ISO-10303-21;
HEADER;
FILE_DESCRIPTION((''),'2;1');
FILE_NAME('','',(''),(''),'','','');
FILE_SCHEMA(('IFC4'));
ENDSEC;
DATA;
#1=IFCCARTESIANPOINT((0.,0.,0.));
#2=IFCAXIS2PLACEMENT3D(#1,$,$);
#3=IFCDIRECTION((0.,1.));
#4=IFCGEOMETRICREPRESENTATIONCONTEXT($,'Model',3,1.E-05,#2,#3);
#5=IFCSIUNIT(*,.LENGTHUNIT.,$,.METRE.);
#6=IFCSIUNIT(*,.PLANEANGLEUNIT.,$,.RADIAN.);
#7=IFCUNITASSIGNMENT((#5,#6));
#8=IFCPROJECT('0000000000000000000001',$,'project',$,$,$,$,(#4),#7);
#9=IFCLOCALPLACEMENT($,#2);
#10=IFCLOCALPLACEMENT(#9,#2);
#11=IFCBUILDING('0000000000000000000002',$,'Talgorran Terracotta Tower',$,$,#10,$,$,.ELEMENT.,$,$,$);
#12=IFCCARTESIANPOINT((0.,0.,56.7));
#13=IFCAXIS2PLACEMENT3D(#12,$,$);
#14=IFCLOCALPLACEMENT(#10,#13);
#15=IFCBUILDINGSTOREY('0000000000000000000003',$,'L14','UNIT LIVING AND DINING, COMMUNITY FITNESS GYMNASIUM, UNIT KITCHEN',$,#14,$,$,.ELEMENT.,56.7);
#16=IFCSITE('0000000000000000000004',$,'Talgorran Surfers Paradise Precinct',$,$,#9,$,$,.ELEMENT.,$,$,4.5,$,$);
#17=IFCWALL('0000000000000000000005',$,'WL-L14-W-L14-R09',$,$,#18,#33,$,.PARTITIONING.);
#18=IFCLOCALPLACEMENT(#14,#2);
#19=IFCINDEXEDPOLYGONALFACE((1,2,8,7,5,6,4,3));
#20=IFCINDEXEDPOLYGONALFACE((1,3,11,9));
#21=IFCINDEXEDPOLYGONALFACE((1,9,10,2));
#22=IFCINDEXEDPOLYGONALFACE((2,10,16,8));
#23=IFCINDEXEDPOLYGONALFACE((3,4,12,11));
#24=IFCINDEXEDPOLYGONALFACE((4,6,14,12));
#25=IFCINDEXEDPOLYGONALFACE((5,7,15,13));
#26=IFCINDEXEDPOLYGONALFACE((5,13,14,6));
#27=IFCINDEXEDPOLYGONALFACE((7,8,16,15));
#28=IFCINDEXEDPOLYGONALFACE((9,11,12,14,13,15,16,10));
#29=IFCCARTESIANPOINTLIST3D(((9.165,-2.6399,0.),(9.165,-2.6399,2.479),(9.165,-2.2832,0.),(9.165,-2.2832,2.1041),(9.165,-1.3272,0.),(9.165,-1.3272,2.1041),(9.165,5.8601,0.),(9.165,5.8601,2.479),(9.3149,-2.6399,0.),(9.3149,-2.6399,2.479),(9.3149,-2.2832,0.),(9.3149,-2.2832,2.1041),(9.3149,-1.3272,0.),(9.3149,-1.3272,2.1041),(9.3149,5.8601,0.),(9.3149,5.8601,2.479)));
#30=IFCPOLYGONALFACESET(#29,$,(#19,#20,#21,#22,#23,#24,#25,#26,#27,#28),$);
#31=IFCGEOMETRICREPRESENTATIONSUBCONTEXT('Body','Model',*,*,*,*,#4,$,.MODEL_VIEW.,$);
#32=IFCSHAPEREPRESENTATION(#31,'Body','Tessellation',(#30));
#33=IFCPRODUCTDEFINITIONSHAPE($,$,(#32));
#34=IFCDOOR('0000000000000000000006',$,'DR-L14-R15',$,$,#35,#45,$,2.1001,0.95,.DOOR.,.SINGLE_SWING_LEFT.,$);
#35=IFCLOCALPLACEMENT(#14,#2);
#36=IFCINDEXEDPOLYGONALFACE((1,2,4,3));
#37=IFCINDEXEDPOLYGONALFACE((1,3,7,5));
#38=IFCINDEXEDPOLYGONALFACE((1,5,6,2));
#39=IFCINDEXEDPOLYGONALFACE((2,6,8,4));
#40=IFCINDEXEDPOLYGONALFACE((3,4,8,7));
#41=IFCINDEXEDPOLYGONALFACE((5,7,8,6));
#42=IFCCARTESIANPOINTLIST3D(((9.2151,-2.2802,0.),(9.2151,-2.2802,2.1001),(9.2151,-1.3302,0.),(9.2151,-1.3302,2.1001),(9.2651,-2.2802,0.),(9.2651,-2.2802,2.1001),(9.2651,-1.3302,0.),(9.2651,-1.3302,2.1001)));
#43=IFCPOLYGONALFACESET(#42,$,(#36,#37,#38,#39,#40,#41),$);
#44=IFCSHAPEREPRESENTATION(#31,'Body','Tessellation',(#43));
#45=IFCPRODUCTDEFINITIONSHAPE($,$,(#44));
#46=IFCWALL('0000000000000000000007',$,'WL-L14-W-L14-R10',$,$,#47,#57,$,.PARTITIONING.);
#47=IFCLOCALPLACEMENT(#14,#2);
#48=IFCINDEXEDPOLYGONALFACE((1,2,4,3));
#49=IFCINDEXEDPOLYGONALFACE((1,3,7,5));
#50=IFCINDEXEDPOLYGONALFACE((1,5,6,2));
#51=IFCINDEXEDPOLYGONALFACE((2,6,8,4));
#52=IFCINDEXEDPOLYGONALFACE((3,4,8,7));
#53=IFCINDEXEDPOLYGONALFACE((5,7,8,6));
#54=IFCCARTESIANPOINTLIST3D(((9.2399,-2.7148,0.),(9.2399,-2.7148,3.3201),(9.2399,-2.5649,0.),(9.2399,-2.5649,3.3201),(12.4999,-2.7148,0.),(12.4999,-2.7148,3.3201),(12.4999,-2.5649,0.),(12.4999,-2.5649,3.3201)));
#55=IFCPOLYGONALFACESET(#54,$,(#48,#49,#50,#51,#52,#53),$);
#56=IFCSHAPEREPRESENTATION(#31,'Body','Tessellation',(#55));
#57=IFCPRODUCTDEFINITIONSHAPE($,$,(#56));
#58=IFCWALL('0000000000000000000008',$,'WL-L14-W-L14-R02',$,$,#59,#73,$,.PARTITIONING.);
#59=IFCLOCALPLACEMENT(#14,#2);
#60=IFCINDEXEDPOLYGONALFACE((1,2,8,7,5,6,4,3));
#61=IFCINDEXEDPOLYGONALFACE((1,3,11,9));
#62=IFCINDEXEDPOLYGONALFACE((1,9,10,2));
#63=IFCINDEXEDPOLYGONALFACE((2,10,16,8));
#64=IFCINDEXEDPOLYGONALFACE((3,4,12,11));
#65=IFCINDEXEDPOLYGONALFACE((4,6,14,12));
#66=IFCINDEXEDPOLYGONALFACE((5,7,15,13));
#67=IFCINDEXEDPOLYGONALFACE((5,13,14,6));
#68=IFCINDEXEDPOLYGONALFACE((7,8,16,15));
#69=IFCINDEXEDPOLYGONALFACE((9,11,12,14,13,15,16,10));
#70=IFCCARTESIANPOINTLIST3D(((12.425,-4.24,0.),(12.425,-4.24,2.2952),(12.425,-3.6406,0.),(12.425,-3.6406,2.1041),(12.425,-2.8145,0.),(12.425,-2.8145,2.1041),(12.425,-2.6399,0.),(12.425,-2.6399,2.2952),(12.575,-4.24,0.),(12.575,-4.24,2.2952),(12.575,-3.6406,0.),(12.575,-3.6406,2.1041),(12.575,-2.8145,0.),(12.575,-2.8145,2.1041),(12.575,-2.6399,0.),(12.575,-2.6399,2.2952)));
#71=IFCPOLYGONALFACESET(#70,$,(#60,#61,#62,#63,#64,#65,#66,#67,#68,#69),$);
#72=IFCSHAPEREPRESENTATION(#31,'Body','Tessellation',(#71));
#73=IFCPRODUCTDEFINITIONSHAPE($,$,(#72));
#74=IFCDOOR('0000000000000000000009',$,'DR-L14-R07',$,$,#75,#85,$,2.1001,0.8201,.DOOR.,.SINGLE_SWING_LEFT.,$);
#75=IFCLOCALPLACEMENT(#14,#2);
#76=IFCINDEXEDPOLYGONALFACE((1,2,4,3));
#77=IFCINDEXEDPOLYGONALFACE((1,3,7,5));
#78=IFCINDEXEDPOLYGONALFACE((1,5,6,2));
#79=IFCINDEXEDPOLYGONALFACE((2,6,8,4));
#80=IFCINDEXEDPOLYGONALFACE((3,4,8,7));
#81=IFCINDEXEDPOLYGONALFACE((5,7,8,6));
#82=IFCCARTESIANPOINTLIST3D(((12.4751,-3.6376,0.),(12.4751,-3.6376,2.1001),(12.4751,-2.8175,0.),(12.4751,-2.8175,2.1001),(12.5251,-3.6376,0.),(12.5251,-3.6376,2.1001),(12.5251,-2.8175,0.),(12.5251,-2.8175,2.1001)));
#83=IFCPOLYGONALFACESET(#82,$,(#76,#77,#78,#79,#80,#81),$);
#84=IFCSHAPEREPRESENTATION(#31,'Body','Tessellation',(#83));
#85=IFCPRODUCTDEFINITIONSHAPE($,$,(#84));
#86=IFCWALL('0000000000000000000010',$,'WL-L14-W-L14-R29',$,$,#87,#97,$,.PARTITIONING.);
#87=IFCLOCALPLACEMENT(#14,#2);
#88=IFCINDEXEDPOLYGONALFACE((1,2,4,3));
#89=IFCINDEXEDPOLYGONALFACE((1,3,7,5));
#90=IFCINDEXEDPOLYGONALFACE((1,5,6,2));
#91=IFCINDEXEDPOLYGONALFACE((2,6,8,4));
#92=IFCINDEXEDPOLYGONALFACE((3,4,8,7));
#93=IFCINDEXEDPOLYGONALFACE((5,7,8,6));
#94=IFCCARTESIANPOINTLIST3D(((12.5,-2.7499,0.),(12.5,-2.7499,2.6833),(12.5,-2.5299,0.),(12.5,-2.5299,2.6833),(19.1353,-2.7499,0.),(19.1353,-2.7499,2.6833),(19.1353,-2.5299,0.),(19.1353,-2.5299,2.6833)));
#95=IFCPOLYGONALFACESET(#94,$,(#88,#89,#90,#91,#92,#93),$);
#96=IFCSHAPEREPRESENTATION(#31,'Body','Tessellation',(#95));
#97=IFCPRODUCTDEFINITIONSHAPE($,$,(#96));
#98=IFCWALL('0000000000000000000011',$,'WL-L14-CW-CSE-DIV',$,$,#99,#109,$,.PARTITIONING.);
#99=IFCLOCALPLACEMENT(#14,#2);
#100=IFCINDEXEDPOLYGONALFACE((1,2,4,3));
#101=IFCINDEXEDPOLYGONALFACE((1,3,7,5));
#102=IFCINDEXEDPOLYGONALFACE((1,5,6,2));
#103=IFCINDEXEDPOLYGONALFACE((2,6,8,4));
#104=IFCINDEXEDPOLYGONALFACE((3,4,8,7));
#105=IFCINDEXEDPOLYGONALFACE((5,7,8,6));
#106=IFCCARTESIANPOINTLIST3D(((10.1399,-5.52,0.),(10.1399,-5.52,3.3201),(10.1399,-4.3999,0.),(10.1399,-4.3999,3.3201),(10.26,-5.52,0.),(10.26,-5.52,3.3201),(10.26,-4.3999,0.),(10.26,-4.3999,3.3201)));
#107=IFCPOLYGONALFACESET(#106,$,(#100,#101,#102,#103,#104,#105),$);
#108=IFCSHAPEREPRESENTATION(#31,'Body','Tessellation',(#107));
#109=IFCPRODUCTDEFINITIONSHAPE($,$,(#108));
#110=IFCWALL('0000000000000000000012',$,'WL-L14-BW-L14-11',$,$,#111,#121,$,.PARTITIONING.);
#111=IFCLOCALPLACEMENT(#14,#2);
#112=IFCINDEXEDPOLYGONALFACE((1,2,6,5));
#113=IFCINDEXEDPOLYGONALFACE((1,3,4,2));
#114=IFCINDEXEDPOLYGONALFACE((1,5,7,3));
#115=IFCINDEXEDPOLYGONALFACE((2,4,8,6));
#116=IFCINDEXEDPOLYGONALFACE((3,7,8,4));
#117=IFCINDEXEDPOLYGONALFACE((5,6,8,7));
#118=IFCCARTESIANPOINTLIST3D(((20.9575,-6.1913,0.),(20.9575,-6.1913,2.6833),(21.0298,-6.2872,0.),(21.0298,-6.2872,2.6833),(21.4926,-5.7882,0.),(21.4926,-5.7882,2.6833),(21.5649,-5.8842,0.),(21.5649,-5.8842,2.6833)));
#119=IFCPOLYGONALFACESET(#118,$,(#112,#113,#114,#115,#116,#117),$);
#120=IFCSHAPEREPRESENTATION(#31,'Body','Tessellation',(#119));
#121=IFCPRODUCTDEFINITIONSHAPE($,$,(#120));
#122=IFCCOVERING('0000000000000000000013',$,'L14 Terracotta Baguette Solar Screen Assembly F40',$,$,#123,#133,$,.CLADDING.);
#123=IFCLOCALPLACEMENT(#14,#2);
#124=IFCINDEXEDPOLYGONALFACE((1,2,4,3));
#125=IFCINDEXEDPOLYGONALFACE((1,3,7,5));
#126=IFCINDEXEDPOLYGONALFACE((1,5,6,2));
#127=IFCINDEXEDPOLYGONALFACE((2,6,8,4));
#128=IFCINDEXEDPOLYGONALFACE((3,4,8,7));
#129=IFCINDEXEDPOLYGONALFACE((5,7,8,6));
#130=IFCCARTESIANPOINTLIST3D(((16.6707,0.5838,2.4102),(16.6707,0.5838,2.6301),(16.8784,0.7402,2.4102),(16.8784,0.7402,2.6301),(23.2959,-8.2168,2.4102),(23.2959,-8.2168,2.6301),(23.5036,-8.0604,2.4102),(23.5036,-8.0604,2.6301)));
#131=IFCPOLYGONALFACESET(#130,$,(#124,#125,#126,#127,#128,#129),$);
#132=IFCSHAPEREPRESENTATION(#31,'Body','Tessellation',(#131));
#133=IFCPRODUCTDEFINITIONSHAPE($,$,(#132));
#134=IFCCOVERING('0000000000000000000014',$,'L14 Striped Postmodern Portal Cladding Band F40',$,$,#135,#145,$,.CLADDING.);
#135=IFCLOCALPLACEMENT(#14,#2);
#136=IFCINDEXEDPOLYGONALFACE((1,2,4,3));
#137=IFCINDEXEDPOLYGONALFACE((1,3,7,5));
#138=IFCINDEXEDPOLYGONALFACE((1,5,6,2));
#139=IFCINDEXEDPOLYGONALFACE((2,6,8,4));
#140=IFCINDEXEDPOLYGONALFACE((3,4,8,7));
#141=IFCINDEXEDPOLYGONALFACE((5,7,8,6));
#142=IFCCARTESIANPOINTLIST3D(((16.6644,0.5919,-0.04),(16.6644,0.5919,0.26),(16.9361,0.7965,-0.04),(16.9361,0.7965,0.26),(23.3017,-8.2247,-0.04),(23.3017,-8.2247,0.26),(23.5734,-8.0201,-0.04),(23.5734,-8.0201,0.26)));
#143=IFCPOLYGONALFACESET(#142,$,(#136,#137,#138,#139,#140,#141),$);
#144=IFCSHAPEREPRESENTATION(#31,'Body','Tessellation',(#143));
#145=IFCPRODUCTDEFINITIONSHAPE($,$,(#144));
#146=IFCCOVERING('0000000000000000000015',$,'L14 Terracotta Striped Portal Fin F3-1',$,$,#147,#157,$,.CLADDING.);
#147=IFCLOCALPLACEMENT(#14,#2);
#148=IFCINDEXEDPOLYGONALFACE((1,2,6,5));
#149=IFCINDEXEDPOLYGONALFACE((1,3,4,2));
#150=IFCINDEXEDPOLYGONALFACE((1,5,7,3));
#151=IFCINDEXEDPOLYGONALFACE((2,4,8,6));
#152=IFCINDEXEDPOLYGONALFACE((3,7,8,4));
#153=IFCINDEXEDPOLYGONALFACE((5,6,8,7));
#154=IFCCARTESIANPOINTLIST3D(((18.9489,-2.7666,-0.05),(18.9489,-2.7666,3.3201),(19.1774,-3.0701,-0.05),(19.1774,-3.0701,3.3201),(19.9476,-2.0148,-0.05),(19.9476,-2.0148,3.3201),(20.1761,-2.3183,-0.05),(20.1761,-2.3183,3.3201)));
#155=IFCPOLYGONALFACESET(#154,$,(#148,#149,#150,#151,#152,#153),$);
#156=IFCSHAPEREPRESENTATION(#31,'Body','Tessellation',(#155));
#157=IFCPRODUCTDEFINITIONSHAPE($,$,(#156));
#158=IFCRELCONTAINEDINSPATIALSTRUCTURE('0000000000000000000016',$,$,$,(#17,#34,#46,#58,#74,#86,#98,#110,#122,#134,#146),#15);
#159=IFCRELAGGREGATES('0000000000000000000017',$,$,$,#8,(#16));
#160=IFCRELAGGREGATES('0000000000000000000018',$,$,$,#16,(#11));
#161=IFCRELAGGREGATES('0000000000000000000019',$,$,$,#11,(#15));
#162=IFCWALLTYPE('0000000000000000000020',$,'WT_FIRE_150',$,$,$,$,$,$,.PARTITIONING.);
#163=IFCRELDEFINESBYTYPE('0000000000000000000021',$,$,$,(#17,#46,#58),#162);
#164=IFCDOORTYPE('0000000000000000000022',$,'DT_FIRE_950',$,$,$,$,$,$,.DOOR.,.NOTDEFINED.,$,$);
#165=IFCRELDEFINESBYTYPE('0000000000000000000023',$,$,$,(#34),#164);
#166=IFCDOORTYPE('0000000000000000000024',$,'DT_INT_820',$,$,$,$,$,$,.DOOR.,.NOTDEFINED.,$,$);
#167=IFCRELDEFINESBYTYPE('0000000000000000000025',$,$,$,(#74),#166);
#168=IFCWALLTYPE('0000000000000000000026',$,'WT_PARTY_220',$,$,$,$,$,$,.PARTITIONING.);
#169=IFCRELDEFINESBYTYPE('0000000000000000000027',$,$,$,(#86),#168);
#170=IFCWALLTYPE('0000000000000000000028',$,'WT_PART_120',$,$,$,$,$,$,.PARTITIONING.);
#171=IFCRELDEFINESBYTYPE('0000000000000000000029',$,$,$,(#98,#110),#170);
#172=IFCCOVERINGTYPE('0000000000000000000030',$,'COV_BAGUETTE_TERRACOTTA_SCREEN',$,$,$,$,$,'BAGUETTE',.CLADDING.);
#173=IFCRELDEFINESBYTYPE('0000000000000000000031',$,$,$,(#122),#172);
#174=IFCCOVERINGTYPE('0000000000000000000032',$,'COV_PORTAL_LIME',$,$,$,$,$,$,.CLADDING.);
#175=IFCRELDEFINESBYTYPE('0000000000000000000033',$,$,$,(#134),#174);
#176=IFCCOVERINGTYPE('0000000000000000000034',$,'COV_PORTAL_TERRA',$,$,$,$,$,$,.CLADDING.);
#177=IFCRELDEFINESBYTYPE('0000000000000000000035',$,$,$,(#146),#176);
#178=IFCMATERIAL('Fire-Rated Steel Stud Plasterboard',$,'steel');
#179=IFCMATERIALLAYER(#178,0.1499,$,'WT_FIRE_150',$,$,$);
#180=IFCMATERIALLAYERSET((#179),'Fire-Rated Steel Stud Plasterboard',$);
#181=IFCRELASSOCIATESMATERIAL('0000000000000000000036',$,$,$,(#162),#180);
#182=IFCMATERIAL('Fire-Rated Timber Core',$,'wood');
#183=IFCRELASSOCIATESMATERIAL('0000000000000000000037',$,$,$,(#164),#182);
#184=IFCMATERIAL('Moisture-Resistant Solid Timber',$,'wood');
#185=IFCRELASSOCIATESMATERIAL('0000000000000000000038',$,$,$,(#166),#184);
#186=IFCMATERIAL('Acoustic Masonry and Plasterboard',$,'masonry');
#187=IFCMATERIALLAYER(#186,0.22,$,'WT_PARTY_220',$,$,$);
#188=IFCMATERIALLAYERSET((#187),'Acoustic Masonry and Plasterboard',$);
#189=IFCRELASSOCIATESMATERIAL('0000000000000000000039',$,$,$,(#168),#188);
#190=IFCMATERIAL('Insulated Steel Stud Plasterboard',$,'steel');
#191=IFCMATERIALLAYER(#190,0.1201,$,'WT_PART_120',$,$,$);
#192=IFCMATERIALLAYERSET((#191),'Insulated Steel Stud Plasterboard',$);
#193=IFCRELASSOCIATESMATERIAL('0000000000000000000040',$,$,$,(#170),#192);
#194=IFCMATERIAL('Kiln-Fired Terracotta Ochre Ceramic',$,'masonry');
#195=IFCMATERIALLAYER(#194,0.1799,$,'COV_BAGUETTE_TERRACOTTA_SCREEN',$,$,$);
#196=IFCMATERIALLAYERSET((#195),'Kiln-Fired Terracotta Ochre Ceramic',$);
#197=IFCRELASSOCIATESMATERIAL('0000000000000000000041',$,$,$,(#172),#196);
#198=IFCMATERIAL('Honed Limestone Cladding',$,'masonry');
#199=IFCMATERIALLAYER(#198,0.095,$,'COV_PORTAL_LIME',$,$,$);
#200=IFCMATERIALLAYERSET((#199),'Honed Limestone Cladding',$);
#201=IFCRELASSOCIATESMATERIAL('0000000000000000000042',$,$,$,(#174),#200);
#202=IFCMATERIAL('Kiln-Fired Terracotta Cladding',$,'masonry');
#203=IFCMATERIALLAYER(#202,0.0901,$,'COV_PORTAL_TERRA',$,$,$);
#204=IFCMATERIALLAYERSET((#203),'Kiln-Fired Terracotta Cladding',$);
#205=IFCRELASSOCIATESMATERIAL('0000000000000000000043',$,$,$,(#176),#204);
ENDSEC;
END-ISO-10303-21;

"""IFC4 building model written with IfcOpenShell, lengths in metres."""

from ifc_helpers import new_model, si_unit, direction, frame, frame_2d, origin, origin_2d, place, context, subcontext, project, spatial, rectangle, extrude, material, layer, layer_set, type_object, element, fill, save


model = new_model("IFC4")

# Units and contexts
model_context = context("Model", 3, precision=1e-05, world=origin(), true_north=direction((0.0, 1.0)))
body_context = subcontext(model_context, "Body", "Model", "MODEL_VIEW")
ifc_project = project(units=[si_unit("LENGTHUNIT", "METRE"), si_unit("PLANEANGLEUNIT", "RADIAN")], contexts=[model_context])

# Site, building, storey
site_placement = place(None, origin())
site = spatial("IfcSite", under=ifc_project, at=site_placement, Name="Talgorran Surfers Paradise Precinct", CompositionType="ELEMENT", RefElevation=4.5)
building_placement = place(site_placement, origin())
building = spatial("IfcBuilding", under=site, at=building_placement, Name="Talgorran Terracotta Tower", CompositionType="ELEMENT")
storey_placement = place(building_placement, frame((0.0, 0.0, 56.7)))
storey = spatial("IfcBuildingStorey", under=building, at=storey_placement, Name="L14", Description="UNIT LIVING AND DINING, COMMUNITY FITNESS GYMNASIUM, UNIT KITCHEN", CompositionType="ELEMENT", Elevation=56.7)

# Wall, opening, door
ifc_material_1 = material(Name="Fire-Rated Steel Stud Plasterboard", Category="steel")
ifc_layer_1 = layer(ifc_material_1, 0.1499, Name="WT_FIRE_150")
ifc_layer_set_1 = layer_set([ifc_layer_1], Name="Fire-Rated Steel Stud Plasterboard")
wall_type_1 = type_object("IfcWallType", Name="WT_FIRE_150", PredefinedType="PARTITIONING", material=ifc_layer_set_1)
wall_1_placement = place(storey_placement, frame((9.24, -2.6399, 0.0), z_axis=(0.0, 0.0, 1.0), x_axis=(0.0, 1.0, 0.0)))
wall_1 = element("IfcWall", 1, at=wall_1_placement, inside=storey, type_object=wall_type_1, Name="WL-L14-W-L14-R09", PredefinedType="PARTITIONING", context=body_context, shape_type="SweptSolid", body=[
    extrude(rectangle(XDim=8.5, YDim=0.1499, at=frame_2d((4.25, 0.0))), origin(), (0.0, 0.0, 1.0), 2.479),
])
opening_1_placement = place(wall_1_placement, frame((0.3596, 0.0, 0.0)))
opening_1 = element("IfcOpeningElement", 2, at=opening_1_placement, cuts=wall_1, PredefinedType="OPENING", context=body_context, shape_type="SweptSolid", body=[
    extrude(rectangle(XDim=0.956, YDim=2.1041, at=frame_2d((0.4751, 1.052))), frame((0.0, 0.085, 0.0), z_axis=(0.0, -1.0, 0.0), x_axis=(1.0, 0.0, 0.0)), (0.0, 0.0, 1.0), 0.1699),
])
ifc_material_2 = material(Name="Fire-Rated Timber Core", Category="wood")
door_type_1 = type_object("IfcDoorType", Name="DT_FIRE_950", OperationType="NOTDEFINED", PredefinedType="DOOR", material=ifc_material_2)
door_1_placement = place(opening_1_placement, origin())
door_1 = element("IfcDoor", 3, at=door_1_placement, inside=storey, type_object=door_type_1, Name="DR-L14-R15", OperationType="SINGLE_SWING_LEFT", OverallHeight=2.1001, OverallWidth=0.95, PredefinedType="DOOR", context=body_context, shape_type="SweptSolid", body=[
    extrude(rectangle(XDim=0.95, YDim=2.1001, at=frame_2d((0.4751, 1.05))), frame((0.0, 0.0249, 0.0), z_axis=(0.0, -1.0, 0.0), x_axis=(1.0, 0.0, 0.0)), (0.0, 0.0, 1.0), 0.05),
])
fill(opening_1, door_1)

# Wall
wall_2_placement = place(storey_placement, frame((9.24, -2.6399, 0.0), z_axis=(0.0, 0.0, 1.0), x_axis=(1.0, 0.0, 0.0)))
element("IfcWall", 4, at=wall_2_placement, inside=storey, type_object=wall_type_1, Name="WL-L14-W-L14-R10", PredefinedType="PARTITIONING", context=body_context, shape_type="SweptSolid", body=[
    extrude(rectangle(XDim=3.26, YDim=0.1499, at=frame_2d((1.6299, 0.0))), origin(), (0.0, 0.0, 1.0), 3.3201),
])

# Wall, opening, door
wall_3_placement = place(storey_placement, frame((12.5, -4.24, 0.0), z_axis=(0.0, 0.0, 1.0), x_axis=(0.0, 1.0, 0.0)))
wall_3 = element("IfcWall", 5, at=wall_3_placement, inside=storey, type_object=wall_type_1, Name="WL-L14-W-L14-R02", PredefinedType="PARTITIONING", context=body_context, shape_type="SweptSolid", body=[
    extrude(rectangle(XDim=1.6001, YDim=0.1499, at=frame_2d((0.8, 0.0))), origin(), (0.0, 0.0, 1.0), 2.2952),
])
opening_2_placement = place(wall_3_placement, frame((0.6023, 0.0, 0.0)))
opening_2 = element("IfcOpeningElement", 6, at=opening_2_placement, cuts=wall_3, PredefinedType="OPENING", context=body_context, shape_type="SweptSolid", body=[
    extrude(rectangle(XDim=0.8261, YDim=2.1041, at=frame_2d((0.4102, 1.052))), frame((0.0, 0.085, 0.0), z_axis=(0.0, -1.0, 0.0), x_axis=(1.0, 0.0, 0.0)), (0.0, 0.0, 1.0), 0.1699),
])
ifc_material_3 = material(Name="Moisture-Resistant Solid Timber", Category="wood")
door_type_2 = type_object("IfcDoorType", Name="DT_INT_820", OperationType="NOTDEFINED", PredefinedType="DOOR", material=ifc_material_3)
door_2_placement = place(opening_2_placement, origin())
door_2 = element("IfcDoor", 7, at=door_2_placement, inside=storey, type_object=door_type_2, Name="DR-L14-R07", OperationType="SINGLE_SWING_LEFT", OverallHeight=2.1001, OverallWidth=0.8201, PredefinedType="DOOR", context=body_context, shape_type="SweptSolid", body=[
    extrude(rectangle(XDim=0.8201, YDim=2.1001, at=frame_2d((0.4102, 1.05))), frame((0.0, 0.0249, 0.0), z_axis=(0.0, -1.0, 0.0), x_axis=(1.0, 0.0, 0.0)), (0.0, 0.0, 1.0), 0.05),
])
fill(opening_2, door_2)

# Walls
ifc_material_4 = material(Name="Acoustic Masonry and Plasterboard", Category="masonry")
ifc_layer_2 = layer(ifc_material_4, 0.22, Name="WT_PARTY_220")
ifc_layer_set_2 = layer_set([ifc_layer_2], Name="Acoustic Masonry and Plasterboard")
wall_type_2 = type_object("IfcWallType", Name="WT_PARTY_220", PredefinedType="PARTITIONING", material=ifc_layer_set_2)
wall_4_placement = place(storey_placement, frame((12.5, -2.6399, 0.0), z_axis=(0.0, 0.0, 1.0), x_axis=(1.0, 0.0, 0.0)))
element("IfcWall", 8, at=wall_4_placement, inside=storey, type_object=wall_type_2, Name="WL-L14-W-L14-R29", PredefinedType="PARTITIONING", context=body_context, shape_type="SweptSolid", body=[
    extrude(rectangle(XDim=6.6353, YDim=0.22, at=frame_2d((3.3176, 0.0))), origin(), (0.0, 0.0, 1.0), 2.6833),
])
ifc_material_5 = material(Name="Insulated Steel Stud Plasterboard", Category="steel")
ifc_layer_3 = layer(ifc_material_5, 0.1201, Name="WT_PART_120")
ifc_layer_set_3 = layer_set([ifc_layer_3], Name="Insulated Steel Stud Plasterboard")
wall_type_3 = type_object("IfcWallType", Name="WT_PART_120", PredefinedType="PARTITIONING", material=ifc_layer_set_3)
wall_5_placement = place(storey_placement, frame((10.2, -5.52, 0.0), z_axis=(0.0, 0.0, 1.0), x_axis=(0.0, 1.0, 0.0)))
element("IfcWall", 9, at=wall_5_placement, inside=storey, type_object=wall_type_3, Name="WL-L14-CW-CSE-DIV", PredefinedType="PARTITIONING", context=body_context, shape_type="SweptSolid", body=[
    extrude(rectangle(XDim=1.1201, YDim=0.1201, at=frame_2d((0.5601, 0.0))), origin(), (0.0, 0.0, 1.0), 3.3201),
])
wall_6_placement = place(storey_placement, frame((20.9937, -6.2393, 0.0), z_axis=(0.0, 0.0, 1.0), x_axis=(0.798774, 0.601631, 0.0)))
element("IfcWall", 10, at=wall_6_placement, inside=storey, type_object=wall_type_3, Name="WL-L14-BW-L14-11", PredefinedType="PARTITIONING", context=body_context, shape_type="SweptSolid", body=[
    extrude(rectangle(XDim=0.6699, YDim=0.1201, at=frame_2d((0.335, 0.0))), origin(), (0.0, 0.0, 1.0), 2.6833),
])

# Coverings
ifc_material_6 = material(Name="Kiln-Fired Terracotta Ochre Ceramic", Category="masonry")
ifc_layer_4 = layer(ifc_material_6, 0.1799, Name="COV_BAGUETTE_TERRACOTTA_SCREEN")
ifc_layer_set_4 = layer_set([ifc_layer_4], Name="Kiln-Fired Terracotta Ochre Ceramic")
covering_type_1 = type_object("IfcCoveringType", Name="COV_BAGUETTE_TERRACOTTA_SCREEN", ElementType="BAGUETTE", PredefinedType="CLADDING", material=ifc_layer_set_4)
covering_1_placement = place(storey_placement, frame((20.0872, -3.7383, 2.4102), z_axis=(0.0, 0.0, 1.0), x_axis=(-0.601439, 0.798919, 0.0)))
element("IfcCovering", 11, at=covering_1_placement, inside=storey, type_object=covering_type_1, Name="L14 Terracotta Baguette Solar Screen Assembly F40", PredefinedType="CLADDING", context=body_context, shape_type="SweptSolid", body=[
    extrude(rectangle(XDim=11.0156, YDim=0.26, at=origin_2d()), origin(), (0.0, 0.0, 1.0), 0.22),
])
ifc_material_7 = material(Name="Honed Limestone Cladding", Category="masonry")
ifc_layer_5 = layer(ifc_material_7, 0.095, Name="COV_PORTAL_LIME")
ifc_layer_set_5 = layer_set([ifc_layer_5], Name="Honed Limestone Cladding")
covering_type_2 = type_object("IfcCoveringType", Name="COV_PORTAL_LIME", PredefinedType="CLADDING", material=ifc_layer_set_5)
covering_2_placement = place(storey_placement, frame((20.1189, -3.7141, -0.04), z_axis=(0.0, 0.0, 1.0), x_axis=(-0.601439, 0.798919, 0.0)))
element("IfcCovering", 12, at=covering_2_placement, inside=storey, type_object=covering_type_2, Name="L14 Striped Postmodern Portal Cladding Band F40", PredefinedType="CLADDING", context=body_context, shape_type="SweptSolid", body=[
    extrude(rectangle(XDim=11.0356, YDim=0.3401, at=origin_2d()), origin(), (0.0, 0.0, 1.0), 0.3),
])
ifc_material_8 = material(Name="Kiln-Fired Terracotta Cladding", Category="masonry")
ifc_layer_6 = layer(ifc_material_8, 0.0901, Name="COV_PORTAL_TERRA")
ifc_layer_set_6 = layer_set([ifc_layer_6], Name="Kiln-Fired Terracotta Cladding")
covering_type_3 = type_object("IfcCoveringType", Name="COV_PORTAL_TERRA", PredefinedType="CLADDING", material=ifc_layer_set_6)
covering_3_placement = place(storey_placement, frame((19.5625, -2.5425, -0.05), z_axis=(0.0, 0.0, 1.0), x_axis=(-0.601439, 0.798919, 0.0)))
element("IfcCovering", 13, at=covering_3_placement, inside=storey, type_object=covering_type_3, Name="L14 Terracotta Striped Portal Fin F3-1", PredefinedType="CLADDING", context=body_context, shape_type="SweptSolid", body=[
    extrude(rectangle(XDim=0.3799, YDim=1.25, at=origin_2d()), origin(), (0.0, 0.0, 1.0), 3.3701),
])

save(model, "model.ifc")
